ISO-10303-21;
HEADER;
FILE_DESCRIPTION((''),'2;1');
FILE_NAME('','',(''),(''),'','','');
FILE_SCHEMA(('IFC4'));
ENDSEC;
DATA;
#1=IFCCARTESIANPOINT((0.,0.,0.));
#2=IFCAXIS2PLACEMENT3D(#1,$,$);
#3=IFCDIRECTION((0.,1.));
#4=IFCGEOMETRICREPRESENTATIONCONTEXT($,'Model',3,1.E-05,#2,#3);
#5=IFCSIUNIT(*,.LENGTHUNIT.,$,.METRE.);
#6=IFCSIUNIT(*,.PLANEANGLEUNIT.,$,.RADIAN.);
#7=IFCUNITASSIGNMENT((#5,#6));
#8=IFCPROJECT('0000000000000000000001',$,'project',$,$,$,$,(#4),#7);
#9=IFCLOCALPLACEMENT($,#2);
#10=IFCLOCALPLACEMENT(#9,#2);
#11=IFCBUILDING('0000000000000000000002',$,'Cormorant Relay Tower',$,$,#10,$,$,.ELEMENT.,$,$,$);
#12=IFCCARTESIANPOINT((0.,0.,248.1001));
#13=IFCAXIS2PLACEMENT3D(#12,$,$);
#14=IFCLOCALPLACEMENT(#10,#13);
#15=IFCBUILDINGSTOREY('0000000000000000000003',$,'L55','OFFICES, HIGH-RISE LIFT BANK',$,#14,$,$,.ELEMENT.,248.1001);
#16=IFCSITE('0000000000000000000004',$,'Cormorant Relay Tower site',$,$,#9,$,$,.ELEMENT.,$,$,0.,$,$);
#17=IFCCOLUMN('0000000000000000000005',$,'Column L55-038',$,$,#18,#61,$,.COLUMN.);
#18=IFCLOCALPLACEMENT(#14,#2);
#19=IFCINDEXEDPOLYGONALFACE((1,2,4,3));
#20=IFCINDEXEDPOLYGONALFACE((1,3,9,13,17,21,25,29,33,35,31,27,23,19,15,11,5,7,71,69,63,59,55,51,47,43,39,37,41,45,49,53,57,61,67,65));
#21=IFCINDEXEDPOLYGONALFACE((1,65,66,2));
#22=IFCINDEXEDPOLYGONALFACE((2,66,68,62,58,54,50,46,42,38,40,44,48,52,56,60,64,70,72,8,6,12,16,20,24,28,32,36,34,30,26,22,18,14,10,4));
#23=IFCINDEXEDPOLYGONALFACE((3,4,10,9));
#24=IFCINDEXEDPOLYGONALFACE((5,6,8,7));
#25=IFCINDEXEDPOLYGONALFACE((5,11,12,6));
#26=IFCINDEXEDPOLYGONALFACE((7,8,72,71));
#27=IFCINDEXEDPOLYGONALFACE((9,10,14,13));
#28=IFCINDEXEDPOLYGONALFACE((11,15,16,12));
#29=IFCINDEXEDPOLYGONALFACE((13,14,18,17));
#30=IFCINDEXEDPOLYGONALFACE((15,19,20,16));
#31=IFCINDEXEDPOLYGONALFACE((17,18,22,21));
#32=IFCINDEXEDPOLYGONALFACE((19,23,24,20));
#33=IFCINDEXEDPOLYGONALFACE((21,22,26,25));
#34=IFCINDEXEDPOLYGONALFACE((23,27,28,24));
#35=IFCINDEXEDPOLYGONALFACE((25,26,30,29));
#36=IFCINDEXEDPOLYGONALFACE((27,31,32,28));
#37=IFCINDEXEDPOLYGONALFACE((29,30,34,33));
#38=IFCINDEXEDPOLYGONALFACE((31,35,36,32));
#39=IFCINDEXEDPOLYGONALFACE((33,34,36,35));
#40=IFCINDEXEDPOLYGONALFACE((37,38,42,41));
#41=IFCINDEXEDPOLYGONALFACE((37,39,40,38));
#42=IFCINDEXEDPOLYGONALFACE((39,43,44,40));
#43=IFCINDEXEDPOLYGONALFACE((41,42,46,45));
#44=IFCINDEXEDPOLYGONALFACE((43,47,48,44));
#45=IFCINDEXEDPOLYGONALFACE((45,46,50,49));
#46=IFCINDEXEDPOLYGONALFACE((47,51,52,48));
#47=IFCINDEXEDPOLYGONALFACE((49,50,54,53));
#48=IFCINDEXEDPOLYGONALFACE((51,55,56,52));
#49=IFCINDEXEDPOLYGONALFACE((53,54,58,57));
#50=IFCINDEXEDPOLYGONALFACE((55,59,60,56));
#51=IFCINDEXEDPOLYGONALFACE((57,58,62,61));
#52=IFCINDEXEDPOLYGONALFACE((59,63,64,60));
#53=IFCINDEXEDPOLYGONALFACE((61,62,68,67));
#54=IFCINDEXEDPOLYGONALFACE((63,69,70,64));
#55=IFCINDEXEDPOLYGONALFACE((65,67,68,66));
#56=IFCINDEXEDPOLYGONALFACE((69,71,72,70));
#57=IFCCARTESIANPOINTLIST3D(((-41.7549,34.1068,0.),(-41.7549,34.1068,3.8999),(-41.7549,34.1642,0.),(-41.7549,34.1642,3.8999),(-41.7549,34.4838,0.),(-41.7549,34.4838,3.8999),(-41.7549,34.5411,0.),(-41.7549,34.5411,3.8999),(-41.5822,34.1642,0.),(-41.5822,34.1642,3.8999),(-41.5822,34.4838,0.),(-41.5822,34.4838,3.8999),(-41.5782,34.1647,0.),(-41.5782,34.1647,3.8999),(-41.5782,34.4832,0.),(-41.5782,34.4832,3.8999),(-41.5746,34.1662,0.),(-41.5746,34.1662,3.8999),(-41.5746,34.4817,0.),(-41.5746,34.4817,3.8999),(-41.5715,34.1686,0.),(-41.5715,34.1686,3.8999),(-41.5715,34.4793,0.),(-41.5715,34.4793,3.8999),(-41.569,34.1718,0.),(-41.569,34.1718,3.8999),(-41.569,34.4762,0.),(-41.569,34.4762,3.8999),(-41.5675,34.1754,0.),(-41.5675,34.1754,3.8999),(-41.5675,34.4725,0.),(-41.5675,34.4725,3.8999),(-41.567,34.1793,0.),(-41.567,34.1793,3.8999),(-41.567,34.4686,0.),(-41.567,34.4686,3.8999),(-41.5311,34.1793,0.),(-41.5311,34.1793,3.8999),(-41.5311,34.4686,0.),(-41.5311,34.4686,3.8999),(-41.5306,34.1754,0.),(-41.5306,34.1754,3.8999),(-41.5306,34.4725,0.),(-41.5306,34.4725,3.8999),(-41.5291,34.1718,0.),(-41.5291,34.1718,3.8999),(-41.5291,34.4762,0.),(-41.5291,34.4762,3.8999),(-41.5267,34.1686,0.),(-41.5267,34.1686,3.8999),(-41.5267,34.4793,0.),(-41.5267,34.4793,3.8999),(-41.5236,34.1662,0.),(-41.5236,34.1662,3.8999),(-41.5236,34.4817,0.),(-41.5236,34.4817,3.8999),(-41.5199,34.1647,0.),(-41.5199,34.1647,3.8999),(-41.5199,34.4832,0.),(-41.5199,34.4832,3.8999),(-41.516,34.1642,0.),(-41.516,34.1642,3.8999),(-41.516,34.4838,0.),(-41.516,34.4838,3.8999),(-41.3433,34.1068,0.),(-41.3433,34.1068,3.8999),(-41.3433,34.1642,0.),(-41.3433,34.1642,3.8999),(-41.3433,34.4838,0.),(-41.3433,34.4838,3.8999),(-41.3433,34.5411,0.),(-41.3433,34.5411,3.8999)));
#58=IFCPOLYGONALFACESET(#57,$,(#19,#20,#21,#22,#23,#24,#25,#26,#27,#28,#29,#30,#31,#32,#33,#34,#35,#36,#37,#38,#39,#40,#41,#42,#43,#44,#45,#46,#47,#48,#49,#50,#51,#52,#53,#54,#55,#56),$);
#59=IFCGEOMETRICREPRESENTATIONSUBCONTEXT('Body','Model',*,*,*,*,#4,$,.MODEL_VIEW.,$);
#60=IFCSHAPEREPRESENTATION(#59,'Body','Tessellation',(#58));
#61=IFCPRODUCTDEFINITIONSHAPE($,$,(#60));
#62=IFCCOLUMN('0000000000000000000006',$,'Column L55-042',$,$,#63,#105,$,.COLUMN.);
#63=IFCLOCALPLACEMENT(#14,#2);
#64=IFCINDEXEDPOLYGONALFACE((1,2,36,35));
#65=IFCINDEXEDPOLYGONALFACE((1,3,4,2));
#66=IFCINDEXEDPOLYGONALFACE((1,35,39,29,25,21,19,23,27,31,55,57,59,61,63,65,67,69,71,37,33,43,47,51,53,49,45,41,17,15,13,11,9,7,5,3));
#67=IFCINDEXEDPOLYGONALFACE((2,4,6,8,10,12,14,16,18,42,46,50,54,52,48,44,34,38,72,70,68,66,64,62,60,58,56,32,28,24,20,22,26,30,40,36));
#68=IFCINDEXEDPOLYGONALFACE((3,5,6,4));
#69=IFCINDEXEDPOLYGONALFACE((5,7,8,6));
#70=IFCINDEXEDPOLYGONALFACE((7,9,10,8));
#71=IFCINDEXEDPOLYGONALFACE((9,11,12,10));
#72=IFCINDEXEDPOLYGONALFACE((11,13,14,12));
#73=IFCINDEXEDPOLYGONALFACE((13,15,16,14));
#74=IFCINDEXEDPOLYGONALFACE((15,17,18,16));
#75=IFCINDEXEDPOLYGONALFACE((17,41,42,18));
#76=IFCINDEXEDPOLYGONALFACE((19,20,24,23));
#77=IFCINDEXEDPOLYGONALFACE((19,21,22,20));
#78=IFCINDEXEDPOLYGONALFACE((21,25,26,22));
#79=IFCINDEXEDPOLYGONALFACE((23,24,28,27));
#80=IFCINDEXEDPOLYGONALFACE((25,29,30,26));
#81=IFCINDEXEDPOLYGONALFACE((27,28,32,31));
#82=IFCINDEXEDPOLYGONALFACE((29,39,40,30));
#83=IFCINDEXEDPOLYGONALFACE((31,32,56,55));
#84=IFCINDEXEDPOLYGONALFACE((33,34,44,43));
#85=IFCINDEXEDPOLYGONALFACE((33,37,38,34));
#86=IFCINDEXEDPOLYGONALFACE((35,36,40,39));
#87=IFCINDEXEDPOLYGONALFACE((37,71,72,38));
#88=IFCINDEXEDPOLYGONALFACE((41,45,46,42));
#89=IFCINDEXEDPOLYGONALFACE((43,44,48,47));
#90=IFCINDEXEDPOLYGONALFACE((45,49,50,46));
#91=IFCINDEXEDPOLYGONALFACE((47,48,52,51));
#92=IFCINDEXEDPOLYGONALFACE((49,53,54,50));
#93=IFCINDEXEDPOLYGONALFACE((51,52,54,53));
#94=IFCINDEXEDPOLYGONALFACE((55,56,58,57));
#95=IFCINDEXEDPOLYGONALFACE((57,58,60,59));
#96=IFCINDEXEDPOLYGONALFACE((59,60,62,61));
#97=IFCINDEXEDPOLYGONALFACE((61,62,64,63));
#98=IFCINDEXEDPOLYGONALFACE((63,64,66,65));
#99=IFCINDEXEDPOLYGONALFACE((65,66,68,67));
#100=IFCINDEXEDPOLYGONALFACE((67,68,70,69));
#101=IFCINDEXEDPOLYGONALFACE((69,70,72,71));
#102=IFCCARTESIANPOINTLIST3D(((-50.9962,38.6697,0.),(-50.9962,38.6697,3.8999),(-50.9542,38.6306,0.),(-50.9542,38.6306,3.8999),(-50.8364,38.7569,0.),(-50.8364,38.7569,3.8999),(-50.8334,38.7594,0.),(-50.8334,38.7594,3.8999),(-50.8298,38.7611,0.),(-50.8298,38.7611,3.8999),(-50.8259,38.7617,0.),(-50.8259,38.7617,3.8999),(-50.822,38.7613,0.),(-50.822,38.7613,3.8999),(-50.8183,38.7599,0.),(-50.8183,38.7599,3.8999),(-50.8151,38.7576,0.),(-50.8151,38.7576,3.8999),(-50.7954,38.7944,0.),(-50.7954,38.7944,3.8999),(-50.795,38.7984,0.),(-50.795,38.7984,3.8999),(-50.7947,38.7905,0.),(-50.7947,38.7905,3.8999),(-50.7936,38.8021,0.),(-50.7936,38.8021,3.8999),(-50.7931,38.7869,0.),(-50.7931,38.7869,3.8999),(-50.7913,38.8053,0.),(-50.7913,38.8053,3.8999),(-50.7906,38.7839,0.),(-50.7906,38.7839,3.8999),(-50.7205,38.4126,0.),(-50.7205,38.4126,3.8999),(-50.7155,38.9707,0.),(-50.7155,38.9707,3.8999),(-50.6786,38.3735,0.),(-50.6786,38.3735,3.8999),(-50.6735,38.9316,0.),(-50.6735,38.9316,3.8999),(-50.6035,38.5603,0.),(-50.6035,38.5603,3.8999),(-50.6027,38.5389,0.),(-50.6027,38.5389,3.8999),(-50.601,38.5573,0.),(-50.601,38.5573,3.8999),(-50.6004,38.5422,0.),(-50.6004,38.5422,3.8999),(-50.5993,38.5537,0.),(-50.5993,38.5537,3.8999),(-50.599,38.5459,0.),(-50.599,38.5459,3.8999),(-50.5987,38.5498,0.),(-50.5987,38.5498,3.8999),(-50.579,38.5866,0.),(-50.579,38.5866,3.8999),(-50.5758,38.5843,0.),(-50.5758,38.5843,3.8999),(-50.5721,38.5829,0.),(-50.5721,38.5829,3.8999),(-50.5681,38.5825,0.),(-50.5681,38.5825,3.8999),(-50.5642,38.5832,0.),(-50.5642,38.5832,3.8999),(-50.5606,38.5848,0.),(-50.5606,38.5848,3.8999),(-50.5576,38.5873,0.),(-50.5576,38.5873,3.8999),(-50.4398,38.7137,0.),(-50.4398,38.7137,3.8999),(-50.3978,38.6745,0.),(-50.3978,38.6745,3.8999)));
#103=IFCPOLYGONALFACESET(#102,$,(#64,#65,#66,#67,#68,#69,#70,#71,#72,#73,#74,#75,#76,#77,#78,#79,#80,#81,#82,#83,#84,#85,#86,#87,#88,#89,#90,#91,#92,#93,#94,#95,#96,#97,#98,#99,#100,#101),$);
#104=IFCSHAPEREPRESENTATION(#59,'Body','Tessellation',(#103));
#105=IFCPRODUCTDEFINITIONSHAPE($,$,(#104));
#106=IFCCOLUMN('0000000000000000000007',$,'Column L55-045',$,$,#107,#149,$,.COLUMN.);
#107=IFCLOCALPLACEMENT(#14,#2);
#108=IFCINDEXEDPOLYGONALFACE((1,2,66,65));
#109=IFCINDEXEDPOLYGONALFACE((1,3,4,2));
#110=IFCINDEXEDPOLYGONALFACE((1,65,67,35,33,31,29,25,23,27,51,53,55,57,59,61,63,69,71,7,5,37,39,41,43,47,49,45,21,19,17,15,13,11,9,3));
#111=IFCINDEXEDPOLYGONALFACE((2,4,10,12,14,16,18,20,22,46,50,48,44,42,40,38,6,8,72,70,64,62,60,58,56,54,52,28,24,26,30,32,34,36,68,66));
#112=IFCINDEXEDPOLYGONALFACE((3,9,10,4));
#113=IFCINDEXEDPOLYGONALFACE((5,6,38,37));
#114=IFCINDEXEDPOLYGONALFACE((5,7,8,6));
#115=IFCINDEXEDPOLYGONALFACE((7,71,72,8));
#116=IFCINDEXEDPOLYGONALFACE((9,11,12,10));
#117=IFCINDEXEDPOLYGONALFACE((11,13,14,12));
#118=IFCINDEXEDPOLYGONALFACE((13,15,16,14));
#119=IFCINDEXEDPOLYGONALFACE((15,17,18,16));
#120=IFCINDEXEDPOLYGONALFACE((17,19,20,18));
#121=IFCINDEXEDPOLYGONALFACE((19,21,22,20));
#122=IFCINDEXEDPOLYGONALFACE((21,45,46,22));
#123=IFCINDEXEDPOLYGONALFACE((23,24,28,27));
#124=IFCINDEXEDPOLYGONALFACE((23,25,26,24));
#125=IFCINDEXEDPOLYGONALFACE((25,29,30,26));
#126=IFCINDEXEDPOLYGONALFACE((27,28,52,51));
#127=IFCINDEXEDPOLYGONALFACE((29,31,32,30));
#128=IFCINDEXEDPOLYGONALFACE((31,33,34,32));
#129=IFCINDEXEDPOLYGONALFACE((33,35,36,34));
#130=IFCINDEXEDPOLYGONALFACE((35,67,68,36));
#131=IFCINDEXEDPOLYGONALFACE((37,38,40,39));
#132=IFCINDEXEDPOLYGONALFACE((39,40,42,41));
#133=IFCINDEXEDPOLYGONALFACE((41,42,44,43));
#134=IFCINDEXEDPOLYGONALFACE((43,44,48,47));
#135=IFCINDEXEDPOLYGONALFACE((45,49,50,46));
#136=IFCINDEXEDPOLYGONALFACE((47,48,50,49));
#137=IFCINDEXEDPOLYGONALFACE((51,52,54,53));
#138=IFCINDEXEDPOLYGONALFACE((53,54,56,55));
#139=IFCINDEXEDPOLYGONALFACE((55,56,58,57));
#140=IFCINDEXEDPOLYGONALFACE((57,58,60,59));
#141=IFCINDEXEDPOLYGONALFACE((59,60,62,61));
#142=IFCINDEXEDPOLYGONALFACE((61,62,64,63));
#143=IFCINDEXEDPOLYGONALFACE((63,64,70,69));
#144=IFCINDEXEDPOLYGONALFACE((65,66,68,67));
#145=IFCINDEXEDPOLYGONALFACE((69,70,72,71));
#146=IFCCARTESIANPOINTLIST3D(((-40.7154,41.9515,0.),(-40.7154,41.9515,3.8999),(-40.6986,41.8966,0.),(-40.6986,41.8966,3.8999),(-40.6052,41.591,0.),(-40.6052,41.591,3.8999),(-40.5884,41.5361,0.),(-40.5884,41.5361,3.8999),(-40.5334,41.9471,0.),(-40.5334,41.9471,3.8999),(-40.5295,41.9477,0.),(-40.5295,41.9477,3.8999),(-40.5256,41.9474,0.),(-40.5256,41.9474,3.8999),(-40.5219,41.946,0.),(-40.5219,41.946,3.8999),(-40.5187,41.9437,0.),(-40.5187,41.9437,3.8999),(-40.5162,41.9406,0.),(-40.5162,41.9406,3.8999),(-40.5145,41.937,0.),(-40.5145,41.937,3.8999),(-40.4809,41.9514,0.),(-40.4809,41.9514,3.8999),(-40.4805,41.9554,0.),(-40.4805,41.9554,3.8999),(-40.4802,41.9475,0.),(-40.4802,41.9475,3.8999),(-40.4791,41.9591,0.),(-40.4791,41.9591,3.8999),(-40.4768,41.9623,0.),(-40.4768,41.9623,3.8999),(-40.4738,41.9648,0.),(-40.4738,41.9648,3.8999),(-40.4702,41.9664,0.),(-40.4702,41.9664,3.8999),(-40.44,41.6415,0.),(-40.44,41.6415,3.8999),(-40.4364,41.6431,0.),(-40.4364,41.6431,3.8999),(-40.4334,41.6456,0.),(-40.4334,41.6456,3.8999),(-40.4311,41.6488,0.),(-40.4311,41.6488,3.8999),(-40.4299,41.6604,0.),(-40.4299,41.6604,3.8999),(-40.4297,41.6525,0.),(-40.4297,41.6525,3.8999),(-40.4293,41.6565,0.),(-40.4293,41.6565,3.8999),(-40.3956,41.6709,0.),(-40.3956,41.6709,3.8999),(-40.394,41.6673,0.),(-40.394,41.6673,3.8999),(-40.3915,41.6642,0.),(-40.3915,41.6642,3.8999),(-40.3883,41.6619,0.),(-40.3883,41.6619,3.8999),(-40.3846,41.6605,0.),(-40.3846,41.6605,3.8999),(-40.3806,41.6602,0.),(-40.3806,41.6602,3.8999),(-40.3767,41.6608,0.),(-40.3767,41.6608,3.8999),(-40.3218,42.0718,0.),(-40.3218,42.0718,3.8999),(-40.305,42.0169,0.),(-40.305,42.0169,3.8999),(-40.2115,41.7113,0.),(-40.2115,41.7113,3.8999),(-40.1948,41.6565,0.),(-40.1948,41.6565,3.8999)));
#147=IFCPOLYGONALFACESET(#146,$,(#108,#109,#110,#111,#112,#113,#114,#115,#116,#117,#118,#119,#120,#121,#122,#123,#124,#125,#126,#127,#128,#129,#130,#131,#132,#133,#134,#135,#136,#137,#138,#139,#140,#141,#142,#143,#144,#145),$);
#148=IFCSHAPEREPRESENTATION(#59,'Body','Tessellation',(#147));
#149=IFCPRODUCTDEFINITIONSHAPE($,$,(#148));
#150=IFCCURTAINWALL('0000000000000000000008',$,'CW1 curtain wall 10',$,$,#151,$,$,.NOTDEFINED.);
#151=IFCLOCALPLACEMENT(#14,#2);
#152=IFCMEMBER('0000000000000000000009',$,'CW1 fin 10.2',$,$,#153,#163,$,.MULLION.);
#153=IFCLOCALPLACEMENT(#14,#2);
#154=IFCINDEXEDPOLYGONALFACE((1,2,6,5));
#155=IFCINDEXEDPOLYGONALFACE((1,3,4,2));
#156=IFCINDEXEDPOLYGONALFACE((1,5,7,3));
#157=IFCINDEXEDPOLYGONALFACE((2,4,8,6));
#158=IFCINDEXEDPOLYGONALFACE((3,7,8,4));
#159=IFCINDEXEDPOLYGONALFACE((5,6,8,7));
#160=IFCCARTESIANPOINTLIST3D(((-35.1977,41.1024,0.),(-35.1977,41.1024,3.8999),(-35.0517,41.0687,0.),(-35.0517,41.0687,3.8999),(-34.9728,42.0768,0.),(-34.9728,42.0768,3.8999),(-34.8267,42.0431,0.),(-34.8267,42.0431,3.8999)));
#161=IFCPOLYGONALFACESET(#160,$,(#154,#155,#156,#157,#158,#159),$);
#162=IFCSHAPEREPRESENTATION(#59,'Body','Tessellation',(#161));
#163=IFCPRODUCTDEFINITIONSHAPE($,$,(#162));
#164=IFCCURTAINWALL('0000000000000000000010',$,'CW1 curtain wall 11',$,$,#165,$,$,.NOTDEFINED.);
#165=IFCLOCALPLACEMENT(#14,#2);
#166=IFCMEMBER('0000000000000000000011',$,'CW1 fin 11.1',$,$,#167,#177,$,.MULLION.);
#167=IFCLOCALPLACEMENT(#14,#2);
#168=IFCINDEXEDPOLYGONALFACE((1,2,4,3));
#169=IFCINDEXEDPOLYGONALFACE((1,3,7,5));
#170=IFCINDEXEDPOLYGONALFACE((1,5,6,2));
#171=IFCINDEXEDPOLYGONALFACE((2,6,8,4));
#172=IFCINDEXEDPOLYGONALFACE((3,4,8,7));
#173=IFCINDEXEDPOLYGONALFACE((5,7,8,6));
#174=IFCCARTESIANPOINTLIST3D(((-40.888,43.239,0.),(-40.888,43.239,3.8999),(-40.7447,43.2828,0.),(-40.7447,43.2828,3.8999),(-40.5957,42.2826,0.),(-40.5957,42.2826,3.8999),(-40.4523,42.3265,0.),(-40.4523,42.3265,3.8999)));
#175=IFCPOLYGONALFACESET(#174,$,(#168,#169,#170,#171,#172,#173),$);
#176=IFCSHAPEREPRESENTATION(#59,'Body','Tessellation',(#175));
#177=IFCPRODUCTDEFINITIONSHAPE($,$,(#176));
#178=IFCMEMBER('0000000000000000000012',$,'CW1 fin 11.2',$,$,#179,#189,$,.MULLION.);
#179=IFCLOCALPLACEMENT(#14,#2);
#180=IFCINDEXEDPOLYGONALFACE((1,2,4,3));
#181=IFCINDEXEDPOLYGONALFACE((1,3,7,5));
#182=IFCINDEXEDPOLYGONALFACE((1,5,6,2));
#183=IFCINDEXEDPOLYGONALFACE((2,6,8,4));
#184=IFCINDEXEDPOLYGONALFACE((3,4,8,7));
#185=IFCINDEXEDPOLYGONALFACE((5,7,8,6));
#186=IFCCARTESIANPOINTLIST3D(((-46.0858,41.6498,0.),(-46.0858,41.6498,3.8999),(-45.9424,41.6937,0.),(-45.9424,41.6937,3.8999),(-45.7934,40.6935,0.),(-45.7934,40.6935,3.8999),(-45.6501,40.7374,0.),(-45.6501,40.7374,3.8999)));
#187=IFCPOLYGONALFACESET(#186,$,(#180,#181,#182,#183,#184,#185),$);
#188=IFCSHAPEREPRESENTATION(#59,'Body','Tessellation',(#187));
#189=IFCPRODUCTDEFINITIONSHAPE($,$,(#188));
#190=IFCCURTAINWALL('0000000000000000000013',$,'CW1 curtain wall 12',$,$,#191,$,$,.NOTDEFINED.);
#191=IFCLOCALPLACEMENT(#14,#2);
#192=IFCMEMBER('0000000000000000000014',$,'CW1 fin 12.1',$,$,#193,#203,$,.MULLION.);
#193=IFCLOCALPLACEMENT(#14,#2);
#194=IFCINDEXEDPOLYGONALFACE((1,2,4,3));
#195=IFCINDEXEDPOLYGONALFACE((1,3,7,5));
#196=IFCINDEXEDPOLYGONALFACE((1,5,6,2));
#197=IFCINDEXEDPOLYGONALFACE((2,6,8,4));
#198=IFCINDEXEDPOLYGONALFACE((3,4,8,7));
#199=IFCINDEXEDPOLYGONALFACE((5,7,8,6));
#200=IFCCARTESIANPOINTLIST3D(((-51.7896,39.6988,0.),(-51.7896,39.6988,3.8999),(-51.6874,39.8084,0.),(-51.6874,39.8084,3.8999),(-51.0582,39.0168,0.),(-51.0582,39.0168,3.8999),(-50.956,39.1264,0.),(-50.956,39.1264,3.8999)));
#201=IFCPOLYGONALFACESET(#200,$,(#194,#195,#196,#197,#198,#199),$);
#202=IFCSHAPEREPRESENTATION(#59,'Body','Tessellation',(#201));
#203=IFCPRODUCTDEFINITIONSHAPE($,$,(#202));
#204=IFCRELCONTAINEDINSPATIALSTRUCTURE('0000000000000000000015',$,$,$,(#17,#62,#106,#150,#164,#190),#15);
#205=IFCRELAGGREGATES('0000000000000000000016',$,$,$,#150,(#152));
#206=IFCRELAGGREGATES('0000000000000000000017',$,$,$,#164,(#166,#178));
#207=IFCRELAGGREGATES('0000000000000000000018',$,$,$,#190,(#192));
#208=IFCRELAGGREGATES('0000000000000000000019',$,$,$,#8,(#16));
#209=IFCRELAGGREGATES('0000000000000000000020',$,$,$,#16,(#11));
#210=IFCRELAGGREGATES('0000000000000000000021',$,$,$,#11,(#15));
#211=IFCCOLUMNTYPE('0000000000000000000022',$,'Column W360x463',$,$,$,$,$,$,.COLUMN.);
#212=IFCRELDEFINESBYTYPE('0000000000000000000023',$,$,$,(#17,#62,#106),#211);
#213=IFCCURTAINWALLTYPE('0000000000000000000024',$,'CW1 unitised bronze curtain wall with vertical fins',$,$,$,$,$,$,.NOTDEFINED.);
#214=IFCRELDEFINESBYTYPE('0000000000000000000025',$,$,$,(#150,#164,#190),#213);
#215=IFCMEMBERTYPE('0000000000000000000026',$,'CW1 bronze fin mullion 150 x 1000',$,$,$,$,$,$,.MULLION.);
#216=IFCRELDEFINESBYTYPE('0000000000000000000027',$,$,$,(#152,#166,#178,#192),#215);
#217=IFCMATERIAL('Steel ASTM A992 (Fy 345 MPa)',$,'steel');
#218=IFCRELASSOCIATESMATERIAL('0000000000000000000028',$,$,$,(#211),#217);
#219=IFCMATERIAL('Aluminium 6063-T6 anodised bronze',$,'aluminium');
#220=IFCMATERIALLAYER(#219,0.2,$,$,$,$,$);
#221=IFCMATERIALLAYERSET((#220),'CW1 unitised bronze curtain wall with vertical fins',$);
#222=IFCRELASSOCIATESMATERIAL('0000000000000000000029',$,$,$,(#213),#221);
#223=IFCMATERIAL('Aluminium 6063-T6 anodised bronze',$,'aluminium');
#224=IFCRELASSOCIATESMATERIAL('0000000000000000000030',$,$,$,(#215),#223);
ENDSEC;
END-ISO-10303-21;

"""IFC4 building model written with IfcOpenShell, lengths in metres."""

from ifc_helpers import new_model, si_unit, direction, frame, origin, origin_2d, place, context, subcontext, project, spatial, rectangle, i_section, extrude, material, layer, layer_set, material_profile, profile_set, type_object, element, aggregate, save


model = new_model("IFC4")

# Units and contexts
model_context = context("Model", 3, precision=1e-05, world=origin(), true_north=direction((0.0, 1.0)))
body_context = subcontext(model_context, "Body", "Model", "MODEL_VIEW")
ifc_project = project(units=[si_unit("LENGTHUNIT", "METRE"), si_unit("PLANEANGLEUNIT", "RADIAN")], contexts=[model_context])

# Site, building, storey
site_placement = place(None, origin())
site = spatial("IfcSite", under=ifc_project, at=site_placement, Name="Cormorant Relay Tower site", CompositionType="ELEMENT", RefElevation=0.0)
building_placement = place(site_placement, origin())
building = spatial("IfcBuilding", under=site, at=building_placement, Name="Cormorant Relay Tower", CompositionType="ELEMENT")
storey_placement = place(building_placement, frame((0.0, 0.0, 248.1001)))
storey = spatial("IfcBuildingStorey", under=building, at=storey_placement, Name="L55", Description="OFFICES, HIGH-RISE LIFT BANK", CompositionType="ELEMENT", Elevation=248.1001)

# Columns
ifc_material_1 = material(Name="Steel ASTM A992 (Fy 345 MPa)", Category="steel")
ifc_material_profile_1 = material_profile(ifc_material_1, i_section(OverallWidth=0.4116, OverallDepth=0.4343, WebThickness=0.0359, FlangeThickness=0.0574, FilletRadius=0.0151, at=origin_2d()), Name="W360x463")
ifc_profile_set_1 = profile_set([ifc_material_profile_1], Name="Steel ASTM A992 (Fy 345 MPa)")
column_type = type_object("IfcColumnType", Name="Column W360x463", PredefinedType="COLUMN", material=ifc_profile_set_1)
for number, where, z_axis, x_axis, name in (
    (1, (-41.5491, 34.324, 0.0), (0.0, 0.0, 1.0), (1.0, 0.0, 0.0), "Column L55-038"),
    (2, (-50.697, 38.6721, 0.0), (0.0, 0.0, 1.0), (-0.681998, -0.731354, 0.0), "Column L55-042"),
    (3, (-40.4551, 41.804, 0.0), (0.0, 0.0, 1.0), (-0.956305, -0.292372, 0.0), "Column L55-045"),
):
    element("IfcColumn", number, at=place(storey_placement, frame(where, z_axis=z_axis, x_axis=x_axis)), inside=storey, type_object=column_type, Name=name, PredefinedType="COLUMN", context=body_context, shape_type="SweptSolid", body=[
        extrude(i_section(OverallWidth=0.4116, OverallDepth=0.4343, WebThickness=0.0359, FlangeThickness=0.0574, FilletRadius=0.0151, at=origin_2d()), origin(), (0.0, 0.0, 1.0), 3.8999),
    ])

# Curtain wall, member
ifc_material_2 = material(Name="Aluminium 6063-T6 anodised bronze", Category="aluminium")
ifc_layer_1 = layer(ifc_material_2, 0.2)
ifc_layer_set_1 = layer_set([ifc_layer_1], Name="CW1 unitised bronze curtain wall with vertical fins")
curtain_wall_type = type_object("IfcCurtainWallType", Name="CW1 unitised bronze curtain wall with vertical fins", PredefinedType="NOTDEFINED", material=ifc_layer_set_1)
curtain_wall_1_placement = place(storey_placement, origin())
curtain_wall_1 = element("IfcCurtainWall", 4, at=curtain_wall_1_placement, inside=storey, type_object=curtain_wall_type, Name="CW1 curtain wall 10", PredefinedType="NOTDEFINED")
ifc_material_3 = material(Name="Aluminium 6063-T6 anodised bronze", Category="aluminium")
ifc_material_profile_2 = material_profile(ifc_material_3, rectangle(XDim=0.1499, YDim=1.0, at=origin_2d()), Name="AL 150x1000")
ifc_profile_set_2 = profile_set([ifc_material_profile_2], Name="Aluminium 6063-T6 anodised bronze")
member_type_1 = type_object("IfcMemberType", Name="CW1 bronze fin mullion 150 x 1000", PredefinedType="MULLION", material=ifc_profile_set_2)
member_1_placement = place(storey_placement, frame((-35.0122, 41.5728, 0.0), z_axis=(0.0, 0.0, 1.0), x_axis=(-0.97437, 0.224951, 0.0)))
member_1 = element("IfcMember", 5, at=member_1_placement, type_object=member_type_1, Name="CW1 fin 10.2", PredefinedType="MULLION", context=body_context, shape_type="SweptSolid", body=[
    extrude(rectangle(XDim=0.1499, YDim=1.0, at=origin_2d()), origin(), (0.0, 0.0, 1.0), 3.8999),
])

# Curtain walls, members
curtain_wall_2_placement = place(storey_placement, origin())
curtain_wall_2 = element("IfcCurtainWall", 6, at=curtain_wall_2_placement, inside=storey, type_object=curtain_wall_type, Name="CW1 curtain wall 11", PredefinedType="NOTDEFINED")
member_2_placement = place(storey_placement, frame((-40.6702, 42.7827, 0.0), z_axis=(0.0, 0.0, 1.0), x_axis=(-0.956305, -0.292372, 0.0)))
member_2 = element("IfcMember", 7, at=member_2_placement, type_object=member_type_1, Name="CW1 fin 11.1", PredefinedType="MULLION", context=body_context, shape_type="SweptSolid", body=[
    extrude(rectangle(XDim=0.1499, YDim=1.0, at=origin_2d()), origin(), (0.0, 0.0, 1.0), 3.8999),
])
member_3_placement = place(storey_placement, frame((-45.8679, 41.1936, 0.0), z_axis=(0.0, 0.0, 1.0), x_axis=(-0.956305, -0.292372, 0.0)))
member_3 = element("IfcMember", 8, at=member_3_placement, type_object=member_type_1, Name="CW1 fin 11.2", PredefinedType="MULLION", context=body_context, shape_type="SweptSolid", body=[
    extrude(rectangle(XDim=0.1499, YDim=1.0, at=origin_2d()), origin(), (0.0, 0.0, 1.0), 3.8999),
])
curtain_wall_3_placement = place(storey_placement, origin())
curtain_wall_3 = element("IfcCurtainWall", 9, at=curtain_wall_3_placement, inside=storey, type_object=curtain_wall_type, Name="CW1 curtain wall 12", PredefinedType="NOTDEFINED")
member_4_placement = place(storey_placement, frame((-51.3728, 39.4126, 0.0), z_axis=(0.0, 0.0, 1.0), x_axis=(-0.681998, -0.731354, 0.0)))
member_4 = element("IfcMember", 10, at=member_4_placement, type_object=member_type_1, Name="CW1 fin 12.1", PredefinedType="MULLION", context=body_context, shape_type="SweptSolid", body=[
    extrude(rectangle(XDim=0.1499, YDim=1.0, at=origin_2d()), origin(), (0.0, 0.0, 1.0), 3.8999),
])

aggregate(curtain_wall_1, [member_1])
aggregate(curtain_wall_2, [member_2, member_3])
aggregate(curtain_wall_3, [member_4])

save(model, "model.ifc")
